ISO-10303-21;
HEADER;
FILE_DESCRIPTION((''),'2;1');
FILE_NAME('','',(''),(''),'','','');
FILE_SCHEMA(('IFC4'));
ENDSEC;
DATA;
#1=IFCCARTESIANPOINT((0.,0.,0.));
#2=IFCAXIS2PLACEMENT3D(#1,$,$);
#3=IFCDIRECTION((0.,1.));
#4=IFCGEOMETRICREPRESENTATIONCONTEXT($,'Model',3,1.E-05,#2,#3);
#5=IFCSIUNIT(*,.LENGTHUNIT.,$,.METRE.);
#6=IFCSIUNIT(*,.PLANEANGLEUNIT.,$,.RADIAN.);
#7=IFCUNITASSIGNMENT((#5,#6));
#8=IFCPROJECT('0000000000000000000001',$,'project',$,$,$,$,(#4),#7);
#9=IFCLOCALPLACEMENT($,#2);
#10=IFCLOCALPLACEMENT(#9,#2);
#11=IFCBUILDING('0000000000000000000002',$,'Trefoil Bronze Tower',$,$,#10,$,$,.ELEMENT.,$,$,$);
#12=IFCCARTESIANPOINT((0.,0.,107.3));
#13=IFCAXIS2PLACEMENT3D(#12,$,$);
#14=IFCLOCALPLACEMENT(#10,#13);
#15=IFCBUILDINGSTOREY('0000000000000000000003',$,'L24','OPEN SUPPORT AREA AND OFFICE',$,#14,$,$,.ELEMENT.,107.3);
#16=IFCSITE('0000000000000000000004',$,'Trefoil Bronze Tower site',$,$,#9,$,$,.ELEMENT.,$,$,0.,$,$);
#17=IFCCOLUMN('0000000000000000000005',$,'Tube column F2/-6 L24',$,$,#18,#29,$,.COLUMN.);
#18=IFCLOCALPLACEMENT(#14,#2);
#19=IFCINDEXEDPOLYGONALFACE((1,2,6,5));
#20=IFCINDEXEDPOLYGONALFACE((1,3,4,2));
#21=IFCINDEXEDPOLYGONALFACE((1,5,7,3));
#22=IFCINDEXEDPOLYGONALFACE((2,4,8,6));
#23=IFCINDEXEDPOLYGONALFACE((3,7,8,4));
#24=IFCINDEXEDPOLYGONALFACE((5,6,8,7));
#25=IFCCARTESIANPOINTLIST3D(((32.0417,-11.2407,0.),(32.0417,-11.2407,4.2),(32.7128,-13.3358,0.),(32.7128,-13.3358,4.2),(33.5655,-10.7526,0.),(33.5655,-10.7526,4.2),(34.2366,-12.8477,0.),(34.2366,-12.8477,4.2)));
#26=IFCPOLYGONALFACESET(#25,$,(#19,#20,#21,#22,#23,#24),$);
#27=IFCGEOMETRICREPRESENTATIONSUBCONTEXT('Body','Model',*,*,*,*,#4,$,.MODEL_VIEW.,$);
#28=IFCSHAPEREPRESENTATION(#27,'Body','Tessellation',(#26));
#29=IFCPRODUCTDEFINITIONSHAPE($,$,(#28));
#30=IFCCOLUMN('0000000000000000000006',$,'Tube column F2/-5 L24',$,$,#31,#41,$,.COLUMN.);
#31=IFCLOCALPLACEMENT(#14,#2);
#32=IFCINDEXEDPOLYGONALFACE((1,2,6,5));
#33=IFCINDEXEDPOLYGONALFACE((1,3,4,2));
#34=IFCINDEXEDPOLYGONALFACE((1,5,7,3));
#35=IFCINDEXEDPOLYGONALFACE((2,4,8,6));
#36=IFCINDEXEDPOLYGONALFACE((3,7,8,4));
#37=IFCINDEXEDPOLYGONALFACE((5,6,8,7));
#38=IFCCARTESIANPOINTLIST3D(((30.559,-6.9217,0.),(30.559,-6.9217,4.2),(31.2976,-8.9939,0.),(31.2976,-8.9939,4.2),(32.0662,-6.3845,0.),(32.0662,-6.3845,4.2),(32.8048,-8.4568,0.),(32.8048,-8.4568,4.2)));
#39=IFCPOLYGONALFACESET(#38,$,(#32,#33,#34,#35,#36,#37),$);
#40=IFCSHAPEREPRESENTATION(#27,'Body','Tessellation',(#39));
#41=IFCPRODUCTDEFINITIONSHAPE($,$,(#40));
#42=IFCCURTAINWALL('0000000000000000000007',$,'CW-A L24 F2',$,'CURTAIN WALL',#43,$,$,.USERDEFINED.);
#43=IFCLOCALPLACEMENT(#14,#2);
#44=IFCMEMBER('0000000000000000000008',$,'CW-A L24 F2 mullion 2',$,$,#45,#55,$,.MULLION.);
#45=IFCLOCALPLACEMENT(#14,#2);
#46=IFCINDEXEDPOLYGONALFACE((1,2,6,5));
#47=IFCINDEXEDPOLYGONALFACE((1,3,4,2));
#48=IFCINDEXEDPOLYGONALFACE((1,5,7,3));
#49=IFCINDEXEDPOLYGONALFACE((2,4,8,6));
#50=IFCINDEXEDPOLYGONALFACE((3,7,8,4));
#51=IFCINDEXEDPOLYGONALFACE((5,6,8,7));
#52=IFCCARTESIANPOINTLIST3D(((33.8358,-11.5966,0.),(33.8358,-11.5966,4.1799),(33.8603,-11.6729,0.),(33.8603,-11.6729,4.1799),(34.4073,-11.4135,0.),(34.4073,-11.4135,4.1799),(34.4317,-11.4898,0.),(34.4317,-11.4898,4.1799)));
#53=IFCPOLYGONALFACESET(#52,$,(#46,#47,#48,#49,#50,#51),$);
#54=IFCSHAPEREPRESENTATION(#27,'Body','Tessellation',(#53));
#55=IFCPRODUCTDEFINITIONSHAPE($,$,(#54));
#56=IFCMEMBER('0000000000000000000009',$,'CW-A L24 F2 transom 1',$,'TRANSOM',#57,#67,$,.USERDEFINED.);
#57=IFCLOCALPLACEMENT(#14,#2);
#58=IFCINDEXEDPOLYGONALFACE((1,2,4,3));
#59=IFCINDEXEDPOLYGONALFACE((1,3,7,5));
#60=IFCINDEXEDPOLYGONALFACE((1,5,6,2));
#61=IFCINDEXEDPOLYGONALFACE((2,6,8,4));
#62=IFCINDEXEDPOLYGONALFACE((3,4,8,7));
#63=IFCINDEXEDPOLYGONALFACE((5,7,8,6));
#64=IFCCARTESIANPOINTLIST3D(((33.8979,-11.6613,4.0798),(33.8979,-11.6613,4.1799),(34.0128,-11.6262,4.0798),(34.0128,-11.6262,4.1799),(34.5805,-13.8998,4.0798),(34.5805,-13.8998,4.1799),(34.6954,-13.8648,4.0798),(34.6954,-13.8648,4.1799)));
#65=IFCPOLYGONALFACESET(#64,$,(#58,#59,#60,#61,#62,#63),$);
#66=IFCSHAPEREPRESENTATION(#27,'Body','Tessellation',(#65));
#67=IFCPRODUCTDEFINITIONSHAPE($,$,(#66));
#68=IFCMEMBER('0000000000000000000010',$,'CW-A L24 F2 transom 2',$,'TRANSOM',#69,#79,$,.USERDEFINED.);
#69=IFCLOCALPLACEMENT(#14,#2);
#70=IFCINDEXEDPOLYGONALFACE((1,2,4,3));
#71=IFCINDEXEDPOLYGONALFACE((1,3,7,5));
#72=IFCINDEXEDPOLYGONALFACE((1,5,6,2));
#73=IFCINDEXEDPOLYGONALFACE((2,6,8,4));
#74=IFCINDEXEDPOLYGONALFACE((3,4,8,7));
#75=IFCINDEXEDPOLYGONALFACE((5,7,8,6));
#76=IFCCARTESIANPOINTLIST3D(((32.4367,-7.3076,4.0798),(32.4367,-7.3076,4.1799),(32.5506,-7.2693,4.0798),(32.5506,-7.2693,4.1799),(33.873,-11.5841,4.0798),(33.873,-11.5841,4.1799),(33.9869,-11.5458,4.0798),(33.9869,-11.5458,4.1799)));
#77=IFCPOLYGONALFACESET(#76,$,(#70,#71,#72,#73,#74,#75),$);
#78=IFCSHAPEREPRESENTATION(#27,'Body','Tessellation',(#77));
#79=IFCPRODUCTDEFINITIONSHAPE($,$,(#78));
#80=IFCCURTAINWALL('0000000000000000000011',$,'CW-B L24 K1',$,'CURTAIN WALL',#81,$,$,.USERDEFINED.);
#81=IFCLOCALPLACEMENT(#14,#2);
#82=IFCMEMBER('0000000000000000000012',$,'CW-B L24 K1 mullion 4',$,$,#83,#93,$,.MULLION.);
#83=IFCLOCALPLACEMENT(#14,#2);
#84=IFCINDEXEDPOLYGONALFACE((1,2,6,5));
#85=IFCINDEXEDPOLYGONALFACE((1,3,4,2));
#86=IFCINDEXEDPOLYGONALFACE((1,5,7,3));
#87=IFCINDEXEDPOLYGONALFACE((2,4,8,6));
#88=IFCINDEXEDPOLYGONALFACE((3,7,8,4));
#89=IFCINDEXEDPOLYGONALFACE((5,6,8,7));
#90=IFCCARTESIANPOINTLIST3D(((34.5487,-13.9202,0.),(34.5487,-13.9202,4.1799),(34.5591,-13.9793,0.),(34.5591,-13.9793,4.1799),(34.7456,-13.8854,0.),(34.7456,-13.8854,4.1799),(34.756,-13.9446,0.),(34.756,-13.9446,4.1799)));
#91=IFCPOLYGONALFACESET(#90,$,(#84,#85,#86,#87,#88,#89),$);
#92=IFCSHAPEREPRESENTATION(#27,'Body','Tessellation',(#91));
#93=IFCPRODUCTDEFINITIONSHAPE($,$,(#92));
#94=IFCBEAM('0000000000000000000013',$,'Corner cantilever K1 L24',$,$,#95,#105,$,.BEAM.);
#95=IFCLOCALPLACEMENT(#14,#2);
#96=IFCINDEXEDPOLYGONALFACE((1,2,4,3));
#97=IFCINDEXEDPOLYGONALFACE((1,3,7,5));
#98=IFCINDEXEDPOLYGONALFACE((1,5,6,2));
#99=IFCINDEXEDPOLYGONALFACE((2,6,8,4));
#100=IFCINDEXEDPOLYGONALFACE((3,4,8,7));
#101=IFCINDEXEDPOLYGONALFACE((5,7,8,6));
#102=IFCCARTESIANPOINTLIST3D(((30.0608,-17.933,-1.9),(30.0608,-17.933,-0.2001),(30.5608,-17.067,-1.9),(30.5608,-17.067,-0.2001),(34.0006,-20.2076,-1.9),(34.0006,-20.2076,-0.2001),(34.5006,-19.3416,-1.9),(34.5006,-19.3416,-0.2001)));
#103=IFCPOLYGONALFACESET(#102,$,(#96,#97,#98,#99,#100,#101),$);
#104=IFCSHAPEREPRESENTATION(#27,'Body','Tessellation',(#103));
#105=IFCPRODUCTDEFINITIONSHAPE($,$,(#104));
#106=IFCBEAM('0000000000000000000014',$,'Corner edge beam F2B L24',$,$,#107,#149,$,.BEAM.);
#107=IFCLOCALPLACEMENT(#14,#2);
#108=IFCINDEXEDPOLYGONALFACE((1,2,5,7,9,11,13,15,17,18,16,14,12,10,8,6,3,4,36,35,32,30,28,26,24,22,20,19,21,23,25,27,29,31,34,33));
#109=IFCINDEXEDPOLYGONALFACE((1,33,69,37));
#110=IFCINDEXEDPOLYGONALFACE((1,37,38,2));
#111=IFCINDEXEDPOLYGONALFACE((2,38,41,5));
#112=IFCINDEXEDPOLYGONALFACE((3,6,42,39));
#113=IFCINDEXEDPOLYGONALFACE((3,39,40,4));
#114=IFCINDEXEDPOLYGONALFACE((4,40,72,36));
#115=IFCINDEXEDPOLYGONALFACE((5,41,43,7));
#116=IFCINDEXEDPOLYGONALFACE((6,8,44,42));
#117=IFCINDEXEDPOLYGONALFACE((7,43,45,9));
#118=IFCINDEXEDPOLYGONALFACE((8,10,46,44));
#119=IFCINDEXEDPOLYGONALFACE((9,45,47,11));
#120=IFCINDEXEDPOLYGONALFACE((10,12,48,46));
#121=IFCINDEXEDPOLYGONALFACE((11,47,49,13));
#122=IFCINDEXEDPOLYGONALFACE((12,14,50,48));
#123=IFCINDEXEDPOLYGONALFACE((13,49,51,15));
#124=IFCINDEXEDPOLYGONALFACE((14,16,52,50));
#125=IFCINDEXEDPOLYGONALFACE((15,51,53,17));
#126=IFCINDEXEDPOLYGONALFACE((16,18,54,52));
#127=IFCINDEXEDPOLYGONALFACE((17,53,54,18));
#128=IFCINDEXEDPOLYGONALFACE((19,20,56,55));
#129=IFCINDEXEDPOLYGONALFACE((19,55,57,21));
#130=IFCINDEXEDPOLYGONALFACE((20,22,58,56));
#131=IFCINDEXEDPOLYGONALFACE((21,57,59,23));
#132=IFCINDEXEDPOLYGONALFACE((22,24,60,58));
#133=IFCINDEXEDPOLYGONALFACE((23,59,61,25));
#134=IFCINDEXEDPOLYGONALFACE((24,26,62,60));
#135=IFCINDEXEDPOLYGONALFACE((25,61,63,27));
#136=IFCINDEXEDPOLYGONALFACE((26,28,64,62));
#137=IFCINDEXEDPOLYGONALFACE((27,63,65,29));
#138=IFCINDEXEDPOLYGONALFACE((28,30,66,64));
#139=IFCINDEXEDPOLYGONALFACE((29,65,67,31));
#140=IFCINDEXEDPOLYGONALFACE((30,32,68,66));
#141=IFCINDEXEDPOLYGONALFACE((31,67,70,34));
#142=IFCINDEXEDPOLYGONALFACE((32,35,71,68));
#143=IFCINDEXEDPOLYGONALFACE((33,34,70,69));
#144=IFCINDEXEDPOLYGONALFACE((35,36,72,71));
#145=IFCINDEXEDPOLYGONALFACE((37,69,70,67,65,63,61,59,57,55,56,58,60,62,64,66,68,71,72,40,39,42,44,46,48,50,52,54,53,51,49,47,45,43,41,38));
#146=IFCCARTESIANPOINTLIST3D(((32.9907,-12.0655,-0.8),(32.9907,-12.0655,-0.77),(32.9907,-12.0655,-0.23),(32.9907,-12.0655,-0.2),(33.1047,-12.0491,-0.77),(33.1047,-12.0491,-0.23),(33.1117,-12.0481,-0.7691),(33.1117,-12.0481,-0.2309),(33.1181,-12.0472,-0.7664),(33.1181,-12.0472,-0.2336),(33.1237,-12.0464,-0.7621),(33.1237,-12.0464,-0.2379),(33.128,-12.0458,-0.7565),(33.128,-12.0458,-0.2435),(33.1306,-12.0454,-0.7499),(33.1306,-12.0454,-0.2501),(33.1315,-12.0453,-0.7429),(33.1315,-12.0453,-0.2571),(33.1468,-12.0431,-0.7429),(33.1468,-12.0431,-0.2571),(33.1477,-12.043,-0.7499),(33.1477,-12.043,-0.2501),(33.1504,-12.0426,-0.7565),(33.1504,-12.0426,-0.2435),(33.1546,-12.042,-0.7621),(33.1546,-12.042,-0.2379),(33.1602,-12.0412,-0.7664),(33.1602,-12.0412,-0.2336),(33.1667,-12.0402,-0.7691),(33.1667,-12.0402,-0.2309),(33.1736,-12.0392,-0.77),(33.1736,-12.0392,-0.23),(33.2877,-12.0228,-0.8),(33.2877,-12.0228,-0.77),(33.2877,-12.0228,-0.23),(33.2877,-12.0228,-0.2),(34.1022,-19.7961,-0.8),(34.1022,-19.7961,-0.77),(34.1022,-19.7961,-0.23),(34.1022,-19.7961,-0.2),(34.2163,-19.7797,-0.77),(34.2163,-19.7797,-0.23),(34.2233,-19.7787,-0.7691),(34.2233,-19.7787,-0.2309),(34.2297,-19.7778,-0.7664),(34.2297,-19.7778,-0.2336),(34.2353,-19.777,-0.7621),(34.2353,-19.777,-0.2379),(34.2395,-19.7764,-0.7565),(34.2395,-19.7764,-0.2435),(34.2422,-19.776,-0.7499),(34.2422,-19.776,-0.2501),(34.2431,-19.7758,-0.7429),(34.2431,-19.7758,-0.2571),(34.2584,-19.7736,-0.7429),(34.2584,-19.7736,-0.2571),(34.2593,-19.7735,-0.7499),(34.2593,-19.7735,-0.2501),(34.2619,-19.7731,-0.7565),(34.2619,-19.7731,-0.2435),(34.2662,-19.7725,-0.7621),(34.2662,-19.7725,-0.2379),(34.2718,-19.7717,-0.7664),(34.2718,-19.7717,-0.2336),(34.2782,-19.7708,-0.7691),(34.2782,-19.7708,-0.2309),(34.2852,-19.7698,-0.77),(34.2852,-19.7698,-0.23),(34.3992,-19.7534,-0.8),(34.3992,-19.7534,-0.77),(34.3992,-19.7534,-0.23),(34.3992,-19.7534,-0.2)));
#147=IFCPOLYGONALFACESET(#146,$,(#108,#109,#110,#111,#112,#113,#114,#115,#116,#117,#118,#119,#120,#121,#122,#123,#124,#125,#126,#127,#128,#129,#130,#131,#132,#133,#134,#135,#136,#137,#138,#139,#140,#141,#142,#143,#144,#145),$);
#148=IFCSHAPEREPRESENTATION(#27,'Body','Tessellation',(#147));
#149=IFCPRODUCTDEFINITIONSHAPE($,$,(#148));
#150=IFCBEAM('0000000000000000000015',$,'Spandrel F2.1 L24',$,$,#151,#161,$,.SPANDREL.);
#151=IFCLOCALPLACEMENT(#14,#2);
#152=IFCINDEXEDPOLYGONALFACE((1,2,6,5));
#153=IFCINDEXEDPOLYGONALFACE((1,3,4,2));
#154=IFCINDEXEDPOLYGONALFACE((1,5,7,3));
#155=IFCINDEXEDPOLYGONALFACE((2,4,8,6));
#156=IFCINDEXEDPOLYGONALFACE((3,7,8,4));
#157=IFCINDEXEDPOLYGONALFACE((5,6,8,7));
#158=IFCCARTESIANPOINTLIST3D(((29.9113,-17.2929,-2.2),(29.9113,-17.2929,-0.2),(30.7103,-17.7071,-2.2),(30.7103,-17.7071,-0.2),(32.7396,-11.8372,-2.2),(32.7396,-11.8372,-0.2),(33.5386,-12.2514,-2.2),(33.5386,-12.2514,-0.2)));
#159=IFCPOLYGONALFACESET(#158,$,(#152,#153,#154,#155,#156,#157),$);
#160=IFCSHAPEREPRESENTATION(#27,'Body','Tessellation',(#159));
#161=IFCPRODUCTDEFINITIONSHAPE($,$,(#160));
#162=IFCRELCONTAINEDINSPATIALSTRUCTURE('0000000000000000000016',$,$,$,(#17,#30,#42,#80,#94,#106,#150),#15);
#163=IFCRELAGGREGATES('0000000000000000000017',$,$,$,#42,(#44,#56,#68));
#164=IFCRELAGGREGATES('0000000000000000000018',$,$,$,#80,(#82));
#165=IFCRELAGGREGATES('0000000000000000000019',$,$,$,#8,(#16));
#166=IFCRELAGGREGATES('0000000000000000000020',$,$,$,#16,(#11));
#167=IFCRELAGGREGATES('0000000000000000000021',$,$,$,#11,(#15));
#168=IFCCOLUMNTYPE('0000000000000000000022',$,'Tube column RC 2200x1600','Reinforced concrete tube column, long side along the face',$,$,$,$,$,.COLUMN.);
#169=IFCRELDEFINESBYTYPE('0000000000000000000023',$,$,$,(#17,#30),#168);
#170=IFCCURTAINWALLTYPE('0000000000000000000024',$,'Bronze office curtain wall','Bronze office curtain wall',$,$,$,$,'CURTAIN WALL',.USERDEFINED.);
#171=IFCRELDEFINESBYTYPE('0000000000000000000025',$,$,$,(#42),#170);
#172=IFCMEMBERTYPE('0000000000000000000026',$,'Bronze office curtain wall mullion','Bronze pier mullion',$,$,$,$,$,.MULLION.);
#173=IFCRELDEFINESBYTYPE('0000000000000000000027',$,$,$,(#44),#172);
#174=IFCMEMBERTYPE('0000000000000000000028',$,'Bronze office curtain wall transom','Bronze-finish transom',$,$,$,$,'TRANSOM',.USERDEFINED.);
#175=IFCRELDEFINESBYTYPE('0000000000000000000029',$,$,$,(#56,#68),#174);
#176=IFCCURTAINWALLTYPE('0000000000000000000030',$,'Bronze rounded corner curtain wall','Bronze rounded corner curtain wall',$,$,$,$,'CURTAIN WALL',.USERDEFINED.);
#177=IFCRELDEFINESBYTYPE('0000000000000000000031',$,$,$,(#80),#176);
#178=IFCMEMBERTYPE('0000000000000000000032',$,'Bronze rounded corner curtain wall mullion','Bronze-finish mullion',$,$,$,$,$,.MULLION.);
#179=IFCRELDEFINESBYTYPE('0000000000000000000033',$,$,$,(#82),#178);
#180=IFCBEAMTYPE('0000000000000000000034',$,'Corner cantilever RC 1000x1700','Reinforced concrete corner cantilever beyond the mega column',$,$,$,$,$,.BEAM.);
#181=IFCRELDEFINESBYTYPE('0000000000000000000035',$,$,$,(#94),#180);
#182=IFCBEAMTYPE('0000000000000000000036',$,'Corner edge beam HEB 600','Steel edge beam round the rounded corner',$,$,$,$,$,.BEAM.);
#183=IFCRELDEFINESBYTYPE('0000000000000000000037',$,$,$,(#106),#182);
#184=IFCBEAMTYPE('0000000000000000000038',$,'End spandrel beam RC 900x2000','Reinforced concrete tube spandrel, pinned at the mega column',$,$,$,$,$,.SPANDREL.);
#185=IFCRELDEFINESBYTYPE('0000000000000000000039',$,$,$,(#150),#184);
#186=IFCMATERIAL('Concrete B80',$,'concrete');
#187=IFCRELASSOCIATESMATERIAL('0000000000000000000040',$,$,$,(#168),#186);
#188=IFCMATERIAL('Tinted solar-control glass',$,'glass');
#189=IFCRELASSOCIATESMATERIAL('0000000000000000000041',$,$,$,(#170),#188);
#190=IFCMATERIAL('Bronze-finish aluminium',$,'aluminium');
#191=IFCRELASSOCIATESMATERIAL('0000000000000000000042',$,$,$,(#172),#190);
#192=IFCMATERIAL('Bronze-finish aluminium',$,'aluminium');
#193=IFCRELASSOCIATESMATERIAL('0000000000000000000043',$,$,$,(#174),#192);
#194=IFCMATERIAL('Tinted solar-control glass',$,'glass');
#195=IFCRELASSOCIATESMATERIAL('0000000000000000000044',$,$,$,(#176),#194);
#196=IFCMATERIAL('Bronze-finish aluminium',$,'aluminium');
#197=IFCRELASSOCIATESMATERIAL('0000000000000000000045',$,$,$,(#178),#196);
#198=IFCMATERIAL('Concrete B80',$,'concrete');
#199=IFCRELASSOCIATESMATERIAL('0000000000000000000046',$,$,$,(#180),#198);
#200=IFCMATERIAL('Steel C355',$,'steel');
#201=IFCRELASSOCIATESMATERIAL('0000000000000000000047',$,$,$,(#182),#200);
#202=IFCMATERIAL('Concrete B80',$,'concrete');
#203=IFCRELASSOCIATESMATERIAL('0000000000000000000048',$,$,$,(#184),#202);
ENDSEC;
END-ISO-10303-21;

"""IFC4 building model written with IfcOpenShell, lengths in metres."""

from ifc_helpers import new_model, si_unit, direction, frame, origin, origin_2d, place, context, subcontext, project, spatial, rectangle, i_section, extrude, material, material_profile, profile_set, type_object, element, aggregate, save


model = new_model("IFC4")

# Units and contexts
model_context = context("Model", 3, precision=1e-05, world=origin(), true_north=direction((0.0, 1.0)))
body_context = subcontext(model_context, "Body", "Model", "MODEL_VIEW")
ifc_project = project(units=[si_unit("LENGTHUNIT", "METRE"), si_unit("PLANEANGLEUNIT", "RADIAN")], contexts=[model_context])

# Site, building, storey
site_placement = place(None, origin())
site = spatial("IfcSite", under=ifc_project, at=site_placement, Name="Trefoil Bronze Tower site", CompositionType="ELEMENT", RefElevation=0.0)
building_placement = place(site_placement, origin())
building = spatial("IfcBuilding", under=site, at=building_placement, Name="Trefoil Bronze Tower", CompositionType="ELEMENT")
storey_placement = place(building_placement, frame((0.0, 0.0, 107.3)))
storey = spatial("IfcBuildingStorey", under=building, at=storey_placement, Name="L24", Description="OPEN SUPPORT AREA AND OFFICE", CompositionType="ELEMENT", Elevation=107.3)

# Columns
ifc_material_1 = material(Name="Concrete B80", Category="concrete")
ifc_material_profile_1 = material_profile(ifc_material_1, rectangle(XDim=2.2, YDim=1.6001, at=origin_2d()), Name="RC 2200x1600")
ifc_profile_set_1 = profile_set([ifc_material_profile_1], Name="Concrete B80")
column_type = type_object("IfcColumnType", Name="Tube column RC 2200x1600", Description="Reinforced concrete tube column, long side along the face", PredefinedType="COLUMN", material=ifc_profile_set_1)
for number, where, z_axis, x_axis, name in (
    (1, (33.1392, -12.0442, 0.0), (0.0, 0.0, 1.0), (-0.305066, 0.952331, 0.0), "Tube column F2/-6 L24"),
    (2, (31.6819, -7.6892, 0.0), (0.0, 0.0, 1.0), (-0.335718, 0.941963, 0.0), "Tube column F2/-5 L24"),
):
    element("IfcColumn", number, at=place(storey_placement, frame(where, z_axis=z_axis, x_axis=x_axis)), inside=storey, type_object=column_type, Name=name, PredefinedType="COLUMN", context=body_context, shape_type="SweptSolid", body=[
        extrude(rectangle(XDim=2.2, YDim=1.6001, at=origin_2d()), origin(), (0.0, 0.0, 1.0), 4.2),
    ])

# Curtain wall, members
ifc_material_2 = material(Name="Tinted solar-control glass", Category="glass")
curtain_wall_type_1 = type_object("IfcCurtainWallType", Name="Bronze office curtain wall", Description="Bronze office curtain wall", ElementType="CURTAIN WALL", PredefinedType="USERDEFINED", material=ifc_material_2)
curtain_wall_1_placement = place(storey_placement, origin())
curtain_wall_1 = element("IfcCurtainWall", 3, at=curtain_wall_1_placement, inside=storey, type_object=curtain_wall_type_1, Name="CW-A L24 F2", ObjectType="CURTAIN WALL", PredefinedType="USERDEFINED")
ifc_material_3 = material(Name="Bronze-finish aluminium", Category="aluminium")
ifc_material_profile_2 = material_profile(ifc_material_3, rectangle(XDim=0.6001, YDim=0.0801, at=origin_2d()), Name="CW-A mullion")
ifc_profile_set_2 = profile_set([ifc_material_profile_2], Name="Bronze-finish aluminium")
member_type_1 = type_object("IfcMemberType", Name="Bronze office curtain wall mullion", Description="Bronze pier mullion", PredefinedType="MULLION", material=ifc_profile_set_2)
member_1_placement = place(storey_placement, frame((34.1338, -11.5432, 0.0), z_axis=(0.0, 0.0, 1.0), x_axis=(-0.952331, -0.305066, 0.0)))
member_1 = element("IfcMember", 4, at=member_1_placement, type_object=member_type_1, Name="CW-A L24 F2 mullion 2", PredefinedType="MULLION", context=body_context, shape_type="SweptSolid", body=[
    extrude(rectangle(XDim=0.6001, YDim=0.0801, at=origin_2d()), origin(), (0.0, 0.0, 1.0), 4.1799),
])
ifc_material_4 = material(Name="Bronze-finish aluminium", Category="aluminium")
ifc_material_profile_3 = material_profile(ifc_material_4, rectangle(XDim=0.1201, YDim=0.1001, at=origin_2d()), Name="CW-A transom")
ifc_profile_set_3 = profile_set([ifc_material_profile_3], Name="Bronze-finish aluminium")
member_type_2 = type_object("IfcMemberType", Name="Bronze office curtain wall transom", Description="Bronze-finish transom", ElementType="TRANSOM", PredefinedType="USERDEFINED", material=ifc_profile_set_3)
member_2_placement = place(storey_placement, frame((34.6379, -13.8823, 4.1299), z_axis=(-0.29168, 0.956516, 0.0), x_axis=(-0.956516, -0.29168, 0.0)))
member_2 = element("IfcMember", 5, at=member_2_placement, type_object=member_type_2, Name="CW-A L24 F2 transom 1", ObjectType="TRANSOM", PredefinedType="USERDEFINED", context=body_context, shape_type="SweptSolid", body=[
    extrude(rectangle(XDim=0.1201, YDim=0.1001, at=origin_2d()), origin(), (0.0, 0.0, 1.0), 2.3403),
])
member_3_placement = place(storey_placement, frame((33.9299, -11.5649, 4.1299), z_axis=(-0.318386, 0.947961, 0.0), x_axis=(-0.947961, -0.318386, 0.0)))
member_3 = element("IfcMember", 6, at=member_3_placement, type_object=member_type_2, Name="CW-A L24 F2 transom 2", ObjectType="TRANSOM", PredefinedType="USERDEFINED", context=body_context, shape_type="SweptSolid", body=[
    extrude(rectangle(XDim=0.1201, YDim=0.1001, at=origin_2d()), origin(), (0.0, 0.0, 1.0), 4.5112),
])

# Curtain wall, member
ifc_material_5 = material(Name="Tinted solar-control glass", Category="glass")
curtain_wall_type_2 = type_object("IfcCurtainWallType", Name="Bronze rounded corner curtain wall", Description="Bronze rounded corner curtain wall", ElementType="CURTAIN WALL", PredefinedType="USERDEFINED", material=ifc_material_5)
curtain_wall_2_placement = place(storey_placement, origin())
curtain_wall_2 = element("IfcCurtainWall", 7, at=curtain_wall_2_placement, inside=storey, type_object=curtain_wall_type_2, Name="CW-B L24 K1", ObjectType="CURTAIN WALL", PredefinedType="USERDEFINED")
ifc_material_6 = material(Name="Bronze-finish aluminium", Category="aluminium")
ifc_material_profile_4 = material_profile(ifc_material_6, rectangle(XDim=0.2, YDim=0.0601, at=origin_2d()), Name="CW-B mullion")
ifc_profile_set_4 = profile_set([ifc_material_profile_4], Name="Bronze-finish aluminium")
member_type_3 = type_object("IfcMemberType", Name="Bronze rounded corner curtain wall mullion", Description="Bronze-finish mullion", PredefinedType="MULLION", material=ifc_profile_set_4)
member_4_placement = place(storey_placement, frame((34.6523, -13.9324, 0.0), z_axis=(0.0, 0.0, 1.0), x_axis=(-0.984808, -0.173648, 0.0)))
member_4 = element("IfcMember", 8, at=member_4_placement, type_object=member_type_3, Name="CW-B L24 K1 mullion 4", PredefinedType="MULLION", context=body_context, shape_type="SweptSolid", body=[
    extrude(rectangle(XDim=0.2, YDim=0.0601, at=origin_2d()), origin(), (0.0, 0.0, 1.0), 4.1799),
])

# Beams
ifc_material_7 = material(Name="Concrete B80", Category="concrete")
ifc_material_profile_5 = material_profile(ifc_material_7, rectangle(XDim=1.0, YDim=1.7, at=origin_2d()), Name="RC 1000x1700")
ifc_profile_set_5 = profile_set([ifc_material_profile_5], Name="Concrete B80")
beam_type_1 = type_object("IfcBeamType", Name="Corner cantilever RC 1000x1700", Description="Reinforced concrete corner cantilever beyond the mega column", PredefinedType="BEAM", material=ifc_profile_set_5)
beam_1_placement = place(storey_placement, frame((30.3108, -17.5, -1.05), z_axis=(0.866032, -0.499989, 0.0), x_axis=(0.499989, 0.866032, 0.0)))
element("IfcBeam", 9, at=beam_1_placement, inside=storey, type_object=beam_type_1, Name="Corner cantilever K1 L24", PredefinedType="BEAM", context=body_context, shape_type="SweptSolid", body=[
    extrude(rectangle(XDim=1.0, YDim=1.7, at=origin_2d()), origin(), (0.0, 0.0, 1.0), 4.5493),
])
ifc_material_8 = material(Name="Steel C355", Category="steel")
ifc_material_profile_6 = material_profile(ifc_material_8, i_section(OverallWidth=0.3, OverallDepth=0.6001, WebThickness=0.0154, FlangeThickness=0.03, FilletRadius=0.0271, at=origin_2d()), Name="HEB 600")
ifc_profile_set_6 = profile_set([ifc_material_profile_6], Name="Steel C355")
beam_type_2 = type_object("IfcBeamType", Name="Corner edge beam HEB 600", Description="Steel edge beam round the rounded corner", PredefinedType="BEAM", material=ifc_profile_set_6)
beam_2_placement = place(storey_placement, frame((33.1392, -12.0442, -0.5), z_axis=(0.142327, -0.98982, 0.0), x_axis=(0.98982, 0.142327, 0.0)))
element("IfcBeam", 10, at=beam_2_placement, inside=storey, type_object=beam_type_2, Name="Corner edge beam F2B L24", PredefinedType="BEAM", context=body_context, shape_type="SweptSolid", body=[
    extrude(i_section(OverallWidth=0.3, OverallDepth=0.6001, WebThickness=0.0154, FlangeThickness=0.03, FilletRadius=0.0271, at=origin_2d()), origin(), (0.0, 0.0, 1.0), 7.8101),
])
ifc_material_9 = material(Name="Concrete B80", Category="concrete")
ifc_material_profile_7 = material_profile(ifc_material_9, rectangle(XDim=0.8999, YDim=2.0, at=origin_2d()), Name="RC 900x2000")
ifc_profile_set_7 = profile_set([ifc_material_profile_7], Name="Concrete B80")
beam_type_3 = type_object("IfcBeamType", Name="End spandrel beam RC 900x2000", Description="Reinforced concrete tube spandrel, pinned at the mega column", PredefinedType="SPANDREL", material=ifc_profile_set_7)
beam_3_placement = place(storey_placement, frame((30.3108, -17.5, -1.2), z_axis=(0.460244, 0.887792, 0.0), x_axis=(-0.887792, 0.460244, 0.0)))
element("IfcBeam", 11, at=beam_3_placement, inside=storey, type_object=beam_type_3, Name="Spandrel F2.1 L24", PredefinedType="SPANDREL", context=body_context, shape_type="SweptSolid", body=[
    extrude(rectangle(XDim=0.8999, YDim=2.0, at=origin_2d()), origin(), (0.0, 0.0, 1.0), 6.1453),
])

aggregate(curtain_wall_1, [member_1, member_2, member_3])
aggregate(curtain_wall_2, [member_4])

save(model, "model.ifc")
